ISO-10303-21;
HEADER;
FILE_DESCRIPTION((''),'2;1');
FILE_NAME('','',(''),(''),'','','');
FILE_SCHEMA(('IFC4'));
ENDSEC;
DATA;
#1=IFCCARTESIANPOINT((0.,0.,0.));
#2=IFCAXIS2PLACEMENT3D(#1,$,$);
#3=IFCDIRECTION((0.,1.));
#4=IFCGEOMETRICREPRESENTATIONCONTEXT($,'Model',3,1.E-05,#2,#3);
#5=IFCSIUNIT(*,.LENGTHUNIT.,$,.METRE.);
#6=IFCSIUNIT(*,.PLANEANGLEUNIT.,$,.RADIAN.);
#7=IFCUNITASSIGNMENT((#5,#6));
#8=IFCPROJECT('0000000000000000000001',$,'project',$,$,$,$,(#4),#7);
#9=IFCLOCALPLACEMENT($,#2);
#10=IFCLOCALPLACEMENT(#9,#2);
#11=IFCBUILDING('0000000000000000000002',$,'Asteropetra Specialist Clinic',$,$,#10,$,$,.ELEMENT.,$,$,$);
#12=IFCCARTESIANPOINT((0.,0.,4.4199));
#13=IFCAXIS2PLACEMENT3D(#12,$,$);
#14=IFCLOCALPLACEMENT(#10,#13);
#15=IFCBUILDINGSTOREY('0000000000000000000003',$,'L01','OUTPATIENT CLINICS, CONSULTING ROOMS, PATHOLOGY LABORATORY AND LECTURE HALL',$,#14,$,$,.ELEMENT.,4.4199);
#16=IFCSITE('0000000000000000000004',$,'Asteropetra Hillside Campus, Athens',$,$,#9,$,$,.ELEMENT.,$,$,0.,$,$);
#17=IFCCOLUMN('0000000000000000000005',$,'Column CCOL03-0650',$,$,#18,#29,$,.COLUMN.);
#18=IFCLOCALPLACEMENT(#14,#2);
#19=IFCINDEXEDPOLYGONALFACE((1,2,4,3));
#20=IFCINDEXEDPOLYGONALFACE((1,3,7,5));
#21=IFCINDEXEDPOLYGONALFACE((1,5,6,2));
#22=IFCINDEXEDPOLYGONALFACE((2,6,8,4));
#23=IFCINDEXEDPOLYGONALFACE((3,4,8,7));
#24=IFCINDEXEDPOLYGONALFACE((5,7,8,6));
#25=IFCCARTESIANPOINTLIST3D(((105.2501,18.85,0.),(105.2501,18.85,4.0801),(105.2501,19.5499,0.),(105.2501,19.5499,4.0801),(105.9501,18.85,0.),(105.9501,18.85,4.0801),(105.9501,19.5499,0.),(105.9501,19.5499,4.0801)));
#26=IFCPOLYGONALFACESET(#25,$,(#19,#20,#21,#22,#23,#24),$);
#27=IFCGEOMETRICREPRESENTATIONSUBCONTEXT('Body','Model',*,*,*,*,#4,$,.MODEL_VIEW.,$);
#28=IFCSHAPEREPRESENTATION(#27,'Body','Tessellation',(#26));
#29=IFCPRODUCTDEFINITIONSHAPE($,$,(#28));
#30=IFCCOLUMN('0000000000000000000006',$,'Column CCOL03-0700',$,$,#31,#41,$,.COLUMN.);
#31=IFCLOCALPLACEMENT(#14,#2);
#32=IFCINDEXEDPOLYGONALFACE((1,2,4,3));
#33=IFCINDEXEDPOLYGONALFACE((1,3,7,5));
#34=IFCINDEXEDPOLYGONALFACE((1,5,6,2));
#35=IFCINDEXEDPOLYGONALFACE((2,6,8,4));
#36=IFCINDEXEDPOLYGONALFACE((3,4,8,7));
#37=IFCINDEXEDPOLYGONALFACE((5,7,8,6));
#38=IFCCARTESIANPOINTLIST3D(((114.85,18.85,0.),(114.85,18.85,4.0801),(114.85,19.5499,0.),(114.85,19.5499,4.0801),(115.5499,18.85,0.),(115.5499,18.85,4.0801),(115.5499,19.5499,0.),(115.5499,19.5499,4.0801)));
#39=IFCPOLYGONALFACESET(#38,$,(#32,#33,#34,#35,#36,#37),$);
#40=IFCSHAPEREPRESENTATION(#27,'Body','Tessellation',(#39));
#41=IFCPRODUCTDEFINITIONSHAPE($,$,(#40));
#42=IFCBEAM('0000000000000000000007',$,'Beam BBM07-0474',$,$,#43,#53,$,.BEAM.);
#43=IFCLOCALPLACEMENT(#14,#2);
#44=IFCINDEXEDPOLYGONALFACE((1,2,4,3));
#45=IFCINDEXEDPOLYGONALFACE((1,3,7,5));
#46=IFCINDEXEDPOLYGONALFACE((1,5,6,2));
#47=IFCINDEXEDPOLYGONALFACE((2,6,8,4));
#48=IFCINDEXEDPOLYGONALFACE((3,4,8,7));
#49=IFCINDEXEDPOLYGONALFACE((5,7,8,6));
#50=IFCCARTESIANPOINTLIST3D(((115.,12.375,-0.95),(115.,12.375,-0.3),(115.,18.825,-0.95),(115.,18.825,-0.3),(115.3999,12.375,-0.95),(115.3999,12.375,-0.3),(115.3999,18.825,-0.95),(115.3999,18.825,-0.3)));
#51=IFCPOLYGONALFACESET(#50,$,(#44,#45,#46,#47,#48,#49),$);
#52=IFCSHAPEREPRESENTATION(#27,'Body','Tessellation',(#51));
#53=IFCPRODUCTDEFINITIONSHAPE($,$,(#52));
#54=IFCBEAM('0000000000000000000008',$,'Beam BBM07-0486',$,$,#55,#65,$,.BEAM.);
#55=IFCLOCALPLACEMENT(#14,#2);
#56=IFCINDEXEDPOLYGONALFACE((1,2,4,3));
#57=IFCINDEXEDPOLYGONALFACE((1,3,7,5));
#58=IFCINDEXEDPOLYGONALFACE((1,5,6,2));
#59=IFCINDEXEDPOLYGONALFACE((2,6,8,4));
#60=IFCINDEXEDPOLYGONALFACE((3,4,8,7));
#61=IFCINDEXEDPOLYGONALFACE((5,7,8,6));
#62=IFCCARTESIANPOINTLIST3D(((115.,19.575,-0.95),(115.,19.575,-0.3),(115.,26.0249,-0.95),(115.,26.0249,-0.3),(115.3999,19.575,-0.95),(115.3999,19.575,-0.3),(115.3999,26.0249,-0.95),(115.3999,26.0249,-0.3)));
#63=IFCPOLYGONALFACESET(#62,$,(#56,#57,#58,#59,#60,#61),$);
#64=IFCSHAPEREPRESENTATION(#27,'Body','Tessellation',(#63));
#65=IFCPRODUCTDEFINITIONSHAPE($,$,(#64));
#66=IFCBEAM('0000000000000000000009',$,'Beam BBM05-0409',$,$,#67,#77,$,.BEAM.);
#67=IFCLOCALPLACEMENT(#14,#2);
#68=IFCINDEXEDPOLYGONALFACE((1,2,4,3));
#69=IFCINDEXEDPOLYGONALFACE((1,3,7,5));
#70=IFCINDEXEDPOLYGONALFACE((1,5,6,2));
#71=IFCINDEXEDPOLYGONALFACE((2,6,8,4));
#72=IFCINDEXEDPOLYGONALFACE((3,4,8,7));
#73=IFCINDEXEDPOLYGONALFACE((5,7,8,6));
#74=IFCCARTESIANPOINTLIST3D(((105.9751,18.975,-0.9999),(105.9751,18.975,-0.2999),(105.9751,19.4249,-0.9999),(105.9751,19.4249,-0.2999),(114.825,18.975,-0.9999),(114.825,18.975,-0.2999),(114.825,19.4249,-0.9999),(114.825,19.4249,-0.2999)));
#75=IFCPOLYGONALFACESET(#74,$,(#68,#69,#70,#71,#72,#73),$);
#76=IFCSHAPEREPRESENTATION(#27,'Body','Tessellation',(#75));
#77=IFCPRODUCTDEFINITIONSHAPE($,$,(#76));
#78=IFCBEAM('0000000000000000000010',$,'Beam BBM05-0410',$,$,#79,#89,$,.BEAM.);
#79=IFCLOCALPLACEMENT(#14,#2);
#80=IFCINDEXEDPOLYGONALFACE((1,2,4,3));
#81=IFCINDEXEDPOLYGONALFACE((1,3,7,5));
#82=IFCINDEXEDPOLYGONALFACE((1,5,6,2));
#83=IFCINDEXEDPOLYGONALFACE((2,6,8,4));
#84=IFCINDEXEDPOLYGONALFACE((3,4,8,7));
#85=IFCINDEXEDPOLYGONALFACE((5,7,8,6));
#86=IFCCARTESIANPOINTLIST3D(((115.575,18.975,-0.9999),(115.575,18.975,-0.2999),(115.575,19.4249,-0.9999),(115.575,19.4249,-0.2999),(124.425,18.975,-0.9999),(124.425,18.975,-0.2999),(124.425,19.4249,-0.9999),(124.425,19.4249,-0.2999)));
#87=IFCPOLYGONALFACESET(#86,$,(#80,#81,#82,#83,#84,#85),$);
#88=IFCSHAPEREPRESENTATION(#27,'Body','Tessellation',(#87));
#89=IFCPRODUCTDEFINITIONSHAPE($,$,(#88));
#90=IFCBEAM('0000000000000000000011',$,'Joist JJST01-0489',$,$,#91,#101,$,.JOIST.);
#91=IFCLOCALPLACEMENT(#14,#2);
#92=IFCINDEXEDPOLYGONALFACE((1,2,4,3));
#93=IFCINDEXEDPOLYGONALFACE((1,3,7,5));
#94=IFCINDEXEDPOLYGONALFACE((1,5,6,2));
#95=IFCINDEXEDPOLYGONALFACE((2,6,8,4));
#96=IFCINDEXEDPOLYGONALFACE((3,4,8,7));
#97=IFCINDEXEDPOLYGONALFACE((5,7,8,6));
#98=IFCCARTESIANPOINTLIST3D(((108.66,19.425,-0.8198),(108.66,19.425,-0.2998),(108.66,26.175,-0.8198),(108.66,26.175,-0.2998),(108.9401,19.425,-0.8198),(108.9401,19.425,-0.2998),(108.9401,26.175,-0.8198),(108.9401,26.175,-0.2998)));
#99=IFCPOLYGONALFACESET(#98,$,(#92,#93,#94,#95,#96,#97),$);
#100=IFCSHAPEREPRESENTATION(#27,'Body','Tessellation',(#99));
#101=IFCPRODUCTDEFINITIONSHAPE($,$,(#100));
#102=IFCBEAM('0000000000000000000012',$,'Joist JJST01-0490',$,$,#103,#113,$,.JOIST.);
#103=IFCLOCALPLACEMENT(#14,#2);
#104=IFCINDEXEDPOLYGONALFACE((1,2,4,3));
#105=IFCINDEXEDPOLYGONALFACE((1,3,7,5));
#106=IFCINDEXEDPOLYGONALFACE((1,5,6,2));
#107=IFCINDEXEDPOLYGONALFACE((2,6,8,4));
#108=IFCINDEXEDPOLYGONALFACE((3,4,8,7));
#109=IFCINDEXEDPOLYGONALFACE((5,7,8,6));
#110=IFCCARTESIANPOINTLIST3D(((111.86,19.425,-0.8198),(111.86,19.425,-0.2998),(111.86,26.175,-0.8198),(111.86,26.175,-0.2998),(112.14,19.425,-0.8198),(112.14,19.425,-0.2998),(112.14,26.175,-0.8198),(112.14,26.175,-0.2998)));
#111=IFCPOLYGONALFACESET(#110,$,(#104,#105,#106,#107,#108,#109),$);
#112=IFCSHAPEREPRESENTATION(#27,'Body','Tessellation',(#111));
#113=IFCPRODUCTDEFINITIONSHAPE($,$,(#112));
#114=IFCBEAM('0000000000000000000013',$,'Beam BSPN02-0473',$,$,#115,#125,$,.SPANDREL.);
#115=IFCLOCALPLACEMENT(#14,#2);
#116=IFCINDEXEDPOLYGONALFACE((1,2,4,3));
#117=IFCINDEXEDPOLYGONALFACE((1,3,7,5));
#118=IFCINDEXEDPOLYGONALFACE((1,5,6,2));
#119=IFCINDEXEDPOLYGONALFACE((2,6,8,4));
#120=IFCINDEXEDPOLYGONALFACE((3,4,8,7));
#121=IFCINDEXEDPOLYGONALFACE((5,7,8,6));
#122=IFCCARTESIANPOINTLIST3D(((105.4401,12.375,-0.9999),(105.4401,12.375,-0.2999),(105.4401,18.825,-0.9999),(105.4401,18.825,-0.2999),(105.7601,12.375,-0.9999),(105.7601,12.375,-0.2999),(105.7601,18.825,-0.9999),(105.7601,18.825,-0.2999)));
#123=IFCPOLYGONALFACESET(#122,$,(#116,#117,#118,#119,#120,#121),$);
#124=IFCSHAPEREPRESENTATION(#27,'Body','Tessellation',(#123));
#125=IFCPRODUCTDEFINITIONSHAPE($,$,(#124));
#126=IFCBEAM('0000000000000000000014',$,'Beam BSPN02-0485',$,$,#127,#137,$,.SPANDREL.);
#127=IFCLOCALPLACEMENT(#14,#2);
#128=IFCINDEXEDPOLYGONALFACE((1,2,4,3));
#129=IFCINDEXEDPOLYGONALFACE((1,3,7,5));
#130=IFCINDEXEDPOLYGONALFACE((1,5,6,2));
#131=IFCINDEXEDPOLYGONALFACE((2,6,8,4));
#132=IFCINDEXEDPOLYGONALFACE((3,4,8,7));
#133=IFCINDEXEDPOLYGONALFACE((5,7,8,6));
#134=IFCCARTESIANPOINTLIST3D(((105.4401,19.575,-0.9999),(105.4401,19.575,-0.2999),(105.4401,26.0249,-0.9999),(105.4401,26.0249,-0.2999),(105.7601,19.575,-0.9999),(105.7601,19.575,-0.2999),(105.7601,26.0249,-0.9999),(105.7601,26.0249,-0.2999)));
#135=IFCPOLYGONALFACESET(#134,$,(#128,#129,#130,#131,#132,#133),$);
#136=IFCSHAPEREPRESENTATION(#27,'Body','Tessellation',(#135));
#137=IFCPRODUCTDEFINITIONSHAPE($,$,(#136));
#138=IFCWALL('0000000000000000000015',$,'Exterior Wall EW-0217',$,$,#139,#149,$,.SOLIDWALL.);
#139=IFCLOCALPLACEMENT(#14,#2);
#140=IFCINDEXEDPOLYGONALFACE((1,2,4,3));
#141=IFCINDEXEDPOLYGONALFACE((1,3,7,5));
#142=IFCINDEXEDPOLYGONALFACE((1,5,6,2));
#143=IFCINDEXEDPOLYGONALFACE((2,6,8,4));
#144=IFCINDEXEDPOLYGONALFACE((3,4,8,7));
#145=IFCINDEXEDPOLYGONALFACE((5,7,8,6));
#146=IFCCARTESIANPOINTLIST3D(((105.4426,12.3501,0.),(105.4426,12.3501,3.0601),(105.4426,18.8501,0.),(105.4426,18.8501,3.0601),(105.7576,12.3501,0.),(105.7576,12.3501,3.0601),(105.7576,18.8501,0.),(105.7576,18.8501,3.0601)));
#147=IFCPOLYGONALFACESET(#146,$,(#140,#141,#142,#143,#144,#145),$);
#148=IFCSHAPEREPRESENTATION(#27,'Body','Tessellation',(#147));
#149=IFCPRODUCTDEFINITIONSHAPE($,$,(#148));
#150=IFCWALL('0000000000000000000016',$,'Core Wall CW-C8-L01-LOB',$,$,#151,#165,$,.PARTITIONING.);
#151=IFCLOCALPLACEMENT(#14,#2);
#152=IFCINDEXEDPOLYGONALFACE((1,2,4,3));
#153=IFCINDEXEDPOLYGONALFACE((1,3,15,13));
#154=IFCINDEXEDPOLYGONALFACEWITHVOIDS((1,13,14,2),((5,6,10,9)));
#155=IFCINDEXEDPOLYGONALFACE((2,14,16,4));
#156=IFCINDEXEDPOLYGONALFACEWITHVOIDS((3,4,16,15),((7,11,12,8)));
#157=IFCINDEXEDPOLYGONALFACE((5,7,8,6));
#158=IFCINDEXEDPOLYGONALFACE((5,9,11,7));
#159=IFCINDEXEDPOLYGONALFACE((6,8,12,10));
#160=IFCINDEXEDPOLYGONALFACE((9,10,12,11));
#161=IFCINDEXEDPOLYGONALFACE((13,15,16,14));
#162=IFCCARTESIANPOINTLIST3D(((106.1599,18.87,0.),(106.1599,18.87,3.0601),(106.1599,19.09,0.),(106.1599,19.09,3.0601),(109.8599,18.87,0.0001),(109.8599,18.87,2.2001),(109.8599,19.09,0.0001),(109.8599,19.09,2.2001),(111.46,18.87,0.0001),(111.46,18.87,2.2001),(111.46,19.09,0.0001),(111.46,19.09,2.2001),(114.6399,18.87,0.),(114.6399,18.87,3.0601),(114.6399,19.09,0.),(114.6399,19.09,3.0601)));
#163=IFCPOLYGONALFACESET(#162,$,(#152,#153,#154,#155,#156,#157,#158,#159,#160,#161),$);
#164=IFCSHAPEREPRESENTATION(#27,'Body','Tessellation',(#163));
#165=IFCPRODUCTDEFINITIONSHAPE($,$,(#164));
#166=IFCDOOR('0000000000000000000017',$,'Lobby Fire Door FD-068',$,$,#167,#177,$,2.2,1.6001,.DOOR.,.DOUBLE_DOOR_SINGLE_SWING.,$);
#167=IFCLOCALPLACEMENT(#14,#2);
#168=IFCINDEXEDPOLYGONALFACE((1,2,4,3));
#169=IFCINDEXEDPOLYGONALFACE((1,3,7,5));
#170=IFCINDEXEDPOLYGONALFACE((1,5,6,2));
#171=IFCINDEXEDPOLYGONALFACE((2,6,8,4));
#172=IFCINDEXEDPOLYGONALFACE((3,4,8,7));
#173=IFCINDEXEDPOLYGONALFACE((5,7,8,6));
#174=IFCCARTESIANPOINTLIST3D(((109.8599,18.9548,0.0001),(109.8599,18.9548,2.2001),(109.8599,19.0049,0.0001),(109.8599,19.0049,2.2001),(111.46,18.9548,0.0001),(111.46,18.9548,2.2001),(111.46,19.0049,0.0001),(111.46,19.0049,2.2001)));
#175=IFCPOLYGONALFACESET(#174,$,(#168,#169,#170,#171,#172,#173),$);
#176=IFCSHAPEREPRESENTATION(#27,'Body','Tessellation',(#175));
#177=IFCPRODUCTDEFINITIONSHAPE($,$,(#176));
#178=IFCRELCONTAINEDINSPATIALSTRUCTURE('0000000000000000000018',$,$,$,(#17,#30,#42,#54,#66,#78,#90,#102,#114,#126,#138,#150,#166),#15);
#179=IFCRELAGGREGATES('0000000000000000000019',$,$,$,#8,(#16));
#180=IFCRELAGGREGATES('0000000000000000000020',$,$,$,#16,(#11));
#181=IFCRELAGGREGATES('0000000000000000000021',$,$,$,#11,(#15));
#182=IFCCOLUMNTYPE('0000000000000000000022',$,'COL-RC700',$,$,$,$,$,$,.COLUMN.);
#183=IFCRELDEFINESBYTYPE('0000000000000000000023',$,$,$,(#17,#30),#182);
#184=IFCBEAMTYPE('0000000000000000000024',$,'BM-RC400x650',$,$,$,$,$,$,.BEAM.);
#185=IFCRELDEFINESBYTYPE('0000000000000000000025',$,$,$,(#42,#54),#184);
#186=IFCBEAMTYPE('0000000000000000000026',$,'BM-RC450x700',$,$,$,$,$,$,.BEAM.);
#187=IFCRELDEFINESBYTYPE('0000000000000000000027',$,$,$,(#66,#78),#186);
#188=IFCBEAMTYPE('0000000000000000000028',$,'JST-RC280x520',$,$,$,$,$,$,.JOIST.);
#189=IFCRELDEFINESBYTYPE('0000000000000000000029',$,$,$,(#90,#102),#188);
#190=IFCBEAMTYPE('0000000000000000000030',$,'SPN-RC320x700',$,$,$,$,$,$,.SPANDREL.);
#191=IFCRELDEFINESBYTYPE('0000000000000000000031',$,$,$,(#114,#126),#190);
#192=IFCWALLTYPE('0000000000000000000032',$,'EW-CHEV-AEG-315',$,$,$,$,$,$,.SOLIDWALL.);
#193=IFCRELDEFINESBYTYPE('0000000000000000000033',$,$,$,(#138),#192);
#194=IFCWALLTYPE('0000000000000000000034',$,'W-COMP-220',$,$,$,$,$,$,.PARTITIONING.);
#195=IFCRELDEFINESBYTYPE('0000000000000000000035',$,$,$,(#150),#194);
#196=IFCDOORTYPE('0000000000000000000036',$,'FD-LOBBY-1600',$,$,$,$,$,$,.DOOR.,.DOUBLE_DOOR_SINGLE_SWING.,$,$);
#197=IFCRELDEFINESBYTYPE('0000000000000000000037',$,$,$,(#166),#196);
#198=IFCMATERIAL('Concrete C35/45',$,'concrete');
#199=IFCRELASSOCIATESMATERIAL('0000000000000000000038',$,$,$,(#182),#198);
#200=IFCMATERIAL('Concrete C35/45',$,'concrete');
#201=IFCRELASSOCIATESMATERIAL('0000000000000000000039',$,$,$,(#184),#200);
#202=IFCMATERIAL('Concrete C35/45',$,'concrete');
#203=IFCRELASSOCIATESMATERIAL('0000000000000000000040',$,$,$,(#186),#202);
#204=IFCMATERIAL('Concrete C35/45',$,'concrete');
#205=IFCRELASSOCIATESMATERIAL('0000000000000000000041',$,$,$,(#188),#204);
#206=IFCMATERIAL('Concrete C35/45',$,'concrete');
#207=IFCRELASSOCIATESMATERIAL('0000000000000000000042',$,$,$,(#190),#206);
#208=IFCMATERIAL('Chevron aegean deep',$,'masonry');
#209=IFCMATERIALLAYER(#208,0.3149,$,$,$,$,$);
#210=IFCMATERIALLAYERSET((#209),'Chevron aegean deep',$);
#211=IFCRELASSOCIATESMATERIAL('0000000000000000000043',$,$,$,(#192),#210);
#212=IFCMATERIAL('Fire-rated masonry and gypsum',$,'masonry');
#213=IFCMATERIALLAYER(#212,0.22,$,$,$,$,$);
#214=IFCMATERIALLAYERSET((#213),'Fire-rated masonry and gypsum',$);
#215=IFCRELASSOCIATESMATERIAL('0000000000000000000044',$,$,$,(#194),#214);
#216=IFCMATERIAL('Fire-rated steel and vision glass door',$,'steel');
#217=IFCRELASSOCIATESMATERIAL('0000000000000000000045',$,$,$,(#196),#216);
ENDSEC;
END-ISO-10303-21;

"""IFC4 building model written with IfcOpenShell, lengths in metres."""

from ifc_helpers import new_model, si_unit, direction, frame, frame_2d, origin, origin_2d, place, context, subcontext, project, spatial, rectangle, extrude, material, layer, layer_set, material_profile, profile_set, type_object, element, fill, save


model = new_model("IFC4")

# Units and contexts
model_context = context("Model", 3, precision=1e-05, world=origin(), true_north=direction((0.0, 1.0)))
body_context = subcontext(model_context, "Body", "Model", "MODEL_VIEW")
ifc_project = project(units=[si_unit("LENGTHUNIT", "METRE"), si_unit("PLANEANGLEUNIT", "RADIAN")], contexts=[model_context])

# Site, building, storey
site_placement = place(None, origin())
site = spatial("IfcSite", under=ifc_project, at=site_placement, Name="Asteropetra Hillside Campus, Athens", CompositionType="ELEMENT", RefElevation=0.0)
building_placement = place(site_placement, origin())
building = spatial("IfcBuilding", under=site, at=building_placement, Name="Asteropetra Specialist Clinic", CompositionType="ELEMENT")
storey_placement = place(building_placement, frame((0.0, 0.0, 4.4199)))
storey = spatial("IfcBuildingStorey", under=building, at=storey_placement, Name="L01", Description="OUTPATIENT CLINICS, CONSULTING ROOMS, PATHOLOGY LABORATORY AND LECTURE HALL", CompositionType="ELEMENT", Elevation=4.4199)

# Columns
ifc_material_1 = material(Name="Concrete C35/45", Category="concrete")
ifc_material_profile_1 = material_profile(ifc_material_1, rectangle(XDim=0.7, YDim=0.7, at=origin_2d()), Name="RC 700x700")
ifc_profile_set_1 = profile_set([ifc_material_profile_1], Name="Concrete C35/45")
column_type = type_object("IfcColumnType", Name="COL-RC700", PredefinedType="COLUMN", material=ifc_profile_set_1)
for number, where, z_axis, x_axis, name in (
    (1, (105.6001, 19.2, 0.0), (0.0, 0.0, 1.0), (1.0, 0.0, 0.0), "Column CCOL03-0650"),
    (2, (115.2, 19.2, 0.0), (0.0, 0.0, 1.0), (1.0, 0.0, 0.0), "Column CCOL03-0700"),
):
    element("IfcColumn", number, at=place(storey_placement, frame(where, z_axis=z_axis, x_axis=x_axis)), inside=storey, type_object=column_type, Name=name, PredefinedType="COLUMN", context=body_context, shape_type="SweptSolid", body=[
        extrude(rectangle(XDim=0.7, YDim=0.7, at=origin_2d()), origin(), (0.0, 0.0, 1.0), 4.0801),
    ])

# Beams
ifc_material_2 = material(Name="Concrete C35/45", Category="concrete")
ifc_material_profile_2 = material_profile(ifc_material_2, rectangle(XDim=0.3999, YDim=0.6499, at=origin_2d()), Name="RCB 400x650")
ifc_profile_set_2 = profile_set([ifc_material_profile_2], Name="Concrete C35/45")
beam_type_1 = type_object("IfcBeamType", Name="BM-RC400x650", PredefinedType="BEAM", material=ifc_profile_set_2)
for number, where, z_axis, x_axis, name in (
    (3, (115.2, 12.375, -0.625), (0.0, 1.0, 0.0), (-1.0, 0.0, 0.0), "Beam BBM07-0474"),
    (4, (115.2, 19.575, -0.625), (0.0, 1.0, 0.0), (-1.0, 0.0, 0.0), "Beam BBM07-0486"),
):
    element("IfcBeam", number, at=place(storey_placement, frame(where, z_axis=z_axis, x_axis=x_axis)), inside=storey, type_object=beam_type_1, Name=name, PredefinedType="BEAM", context=body_context, shape_type="SweptSolid", body=[
        extrude(rectangle(XDim=0.3999, YDim=0.6499, at=origin_2d()), origin(), (0.0, 0.0, 1.0), 6.45),
    ])
ifc_material_3 = material(Name="Concrete C35/45", Category="concrete")
ifc_material_profile_3 = material_profile(ifc_material_3, rectangle(XDim=0.45, YDim=0.7, at=origin_2d()), Name="RCB 450x700")
ifc_profile_set_3 = profile_set([ifc_material_profile_3], Name="Concrete C35/45")
beam_type_2 = type_object("IfcBeamType", Name="BM-RC450x700", PredefinedType="BEAM", material=ifc_profile_set_3)
beam_1_placement = place(storey_placement, frame((105.9751, 19.2, -0.6499), z_axis=(1.0, 0.0, 0.0), x_axis=(0.0, 1.0, 0.0)))
element("IfcBeam", 5, at=beam_1_placement, inside=storey, type_object=beam_type_2, Name="Beam BBM05-0409", PredefinedType="BEAM", context=body_context, shape_type="SweptSolid", body=[
    extrude(rectangle(XDim=0.45, YDim=0.7, at=origin_2d()), origin(), (0.0, 0.0, 1.0), 8.8499),
])
beam_2_placement = place(storey_placement, frame((115.575, 19.2, -0.6499), z_axis=(1.0, 0.0, 0.0), x_axis=(0.0, 1.0, 0.0)))
element("IfcBeam", 6, at=beam_2_placement, inside=storey, type_object=beam_type_2, Name="Beam BBM05-0410", PredefinedType="BEAM", context=body_context, shape_type="SweptSolid", body=[
    extrude(rectangle(XDim=0.45, YDim=0.7, at=origin_2d()), origin(), (0.0, 0.0, 1.0), 8.8501),
])
ifc_material_4 = material(Name="Concrete C35/45", Category="concrete")
ifc_material_profile_4 = material_profile(ifc_material_4, rectangle(XDim=0.28, YDim=0.52, at=origin_2d()), Name="RCJ 280x520")
ifc_profile_set_4 = profile_set([ifc_material_profile_4], Name="Concrete C35/45")
beam_type_3 = type_object("IfcBeamType", Name="JST-RC280x520", PredefinedType="JOIST", material=ifc_profile_set_4)
for number, where, z_axis, x_axis, name in (
    (7, (108.8, 19.425, -0.5598), (0.0, 1.0, 0.0), (-1.0, 0.0, 0.0), "Joist JJST01-0489"),
    (8, (112.0, 19.425, -0.5598), (0.0, 1.0, 0.0), (-1.0, 0.0, 0.0), "Joist JJST01-0490"),
):
    element("IfcBeam", number, at=place(storey_placement, frame(where, z_axis=z_axis, x_axis=x_axis)), inside=storey, type_object=beam_type_3, Name=name, PredefinedType="JOIST", context=body_context, shape_type="SweptSolid", body=[
        extrude(rectangle(XDim=0.28, YDim=0.52, at=origin_2d()), origin(), (0.0, 0.0, 1.0), 6.75),
    ])
ifc_material_5 = material(Name="Concrete C35/45", Category="concrete")
ifc_material_profile_5 = material_profile(ifc_material_5, rectangle(XDim=0.3201, YDim=0.7, at=origin_2d()), Name="RCS 320x700")
ifc_profile_set_5 = profile_set([ifc_material_profile_5], Name="Concrete C35/45")
beam_type_4 = type_object("IfcBeamType", Name="SPN-RC320x700", PredefinedType="SPANDREL", material=ifc_profile_set_5)
for number, where, z_axis, x_axis, name in (
    (9, (105.6001, 12.375, -0.6499), (0.0, 1.0, 0.0), (-1.0, 0.0, 0.0), "Beam BSPN02-0473"),
    (10, (105.6001, 19.575, -0.6499), (0.0, 1.0, 0.0), (-1.0, 0.0, 0.0), "Beam BSPN02-0485"),
):
    element("IfcBeam", number, at=place(storey_placement, frame(where, z_axis=z_axis, x_axis=x_axis)), inside=storey, type_object=beam_type_4, Name=name, PredefinedType="SPANDREL", context=body_context, shape_type="SweptSolid", body=[
        extrude(rectangle(XDim=0.3201, YDim=0.7, at=origin_2d()), origin(), (0.0, 0.0, 1.0), 6.45),
    ])

# Wall
ifc_material_6 = material(Name="Chevron aegean deep", Category="masonry")
ifc_layer_1 = layer(ifc_material_6, 0.3149)
ifc_layer_set_1 = layer_set([ifc_layer_1], Name="Chevron aegean deep")
wall_type_1 = type_object("IfcWallType", Name="EW-CHEV-AEG-315", PredefinedType="SOLIDWALL", material=ifc_layer_set_1)
wall_1_placement = place(storey_placement, frame((105.6001, 18.8501, 0.0), z_axis=(0.0, 0.0, 1.0), x_axis=(0.0, -1.0, 0.0)))
element("IfcWall", 11, at=wall_1_placement, inside=storey, type_object=wall_type_1, Name="Exterior Wall EW-0217", PredefinedType="SOLIDWALL", context=body_context, shape_type="SweptSolid", body=[
    extrude(rectangle(XDim=6.5, YDim=0.3149, at=frame_2d((3.25, 0.0))), origin(), (0.0, 0.0, 1.0), 3.0601),
])

# Wall, opening, door
ifc_material_7 = material(Name="Fire-rated masonry and gypsum", Category="masonry")
ifc_layer_2 = layer(ifc_material_7, 0.22)
ifc_layer_set_2 = layer_set([ifc_layer_2], Name="Fire-rated masonry and gypsum")
wall_type_2 = type_object("IfcWallType", Name="W-COMP-220", PredefinedType="PARTITIONING", material=ifc_layer_set_2)
wall_2_placement = place(storey_placement, frame((106.1599, 18.98, 0.0), z_axis=(0.0, 0.0, 1.0), x_axis=(1.0, 0.0, 0.0)))
wall_2 = element("IfcWall", 12, at=wall_2_placement, inside=storey, type_object=wall_type_2, Name="Core Wall CW-C8-L01-LOB", PredefinedType="PARTITIONING", context=body_context, shape_type="SweptSolid", body=[
    extrude(rectangle(XDim=8.48, YDim=0.22, at=frame_2d((4.24, 0.0))), origin(), (0.0, 0.0, 1.0), 3.0601),
])
opening_1_placement = place(wall_2_placement, frame((3.7, 0.0, 0.0)))
opening_1 = element("IfcOpeningElement", 13, at=opening_1_placement, cuts=wall_2, PredefinedType="OPENING", context=body_context, shape_type="SweptSolid", body=[
    extrude(rectangle(XDim=1.6001, YDim=2.2, at=frame_2d((0.8, 1.1001))), frame((0.0, 0.1199, 0.0), z_axis=(0.0, -1.0, 0.0), x_axis=(1.0, 0.0, 0.0)), (0.0, 0.0, 1.0), 0.24),
])
ifc_material_8 = material(Name="Fire-rated steel and vision glass door", Category="steel")
door_type_1 = type_object("IfcDoorType", Name="FD-LOBBY-1600", OperationType="DOUBLE_DOOR_SINGLE_SWING", PredefinedType="DOOR", material=ifc_material_8)
door_1_placement = place(opening_1_placement, origin())
door_1 = element("IfcDoor", 14, at=door_1_placement, inside=storey, type_object=door_type_1, Name="Lobby Fire Door FD-068", OperationType="DOUBLE_DOOR_SINGLE_SWING", OverallHeight=2.2, OverallWidth=1.6001, PredefinedType="DOOR", context=body_context, shape_type="SweptSolid", body=[
    extrude(rectangle(XDim=1.6001, YDim=2.2, at=frame_2d((0.8, 1.1001))), frame((0.0, 0.0249, 0.0), z_axis=(0.0, -1.0, 0.0), x_axis=(1.0, 0.0, 0.0)), (0.0, 0.0, 1.0), 0.05),
])
fill(opening_1, door_1)

save(model, "model.ifc")
